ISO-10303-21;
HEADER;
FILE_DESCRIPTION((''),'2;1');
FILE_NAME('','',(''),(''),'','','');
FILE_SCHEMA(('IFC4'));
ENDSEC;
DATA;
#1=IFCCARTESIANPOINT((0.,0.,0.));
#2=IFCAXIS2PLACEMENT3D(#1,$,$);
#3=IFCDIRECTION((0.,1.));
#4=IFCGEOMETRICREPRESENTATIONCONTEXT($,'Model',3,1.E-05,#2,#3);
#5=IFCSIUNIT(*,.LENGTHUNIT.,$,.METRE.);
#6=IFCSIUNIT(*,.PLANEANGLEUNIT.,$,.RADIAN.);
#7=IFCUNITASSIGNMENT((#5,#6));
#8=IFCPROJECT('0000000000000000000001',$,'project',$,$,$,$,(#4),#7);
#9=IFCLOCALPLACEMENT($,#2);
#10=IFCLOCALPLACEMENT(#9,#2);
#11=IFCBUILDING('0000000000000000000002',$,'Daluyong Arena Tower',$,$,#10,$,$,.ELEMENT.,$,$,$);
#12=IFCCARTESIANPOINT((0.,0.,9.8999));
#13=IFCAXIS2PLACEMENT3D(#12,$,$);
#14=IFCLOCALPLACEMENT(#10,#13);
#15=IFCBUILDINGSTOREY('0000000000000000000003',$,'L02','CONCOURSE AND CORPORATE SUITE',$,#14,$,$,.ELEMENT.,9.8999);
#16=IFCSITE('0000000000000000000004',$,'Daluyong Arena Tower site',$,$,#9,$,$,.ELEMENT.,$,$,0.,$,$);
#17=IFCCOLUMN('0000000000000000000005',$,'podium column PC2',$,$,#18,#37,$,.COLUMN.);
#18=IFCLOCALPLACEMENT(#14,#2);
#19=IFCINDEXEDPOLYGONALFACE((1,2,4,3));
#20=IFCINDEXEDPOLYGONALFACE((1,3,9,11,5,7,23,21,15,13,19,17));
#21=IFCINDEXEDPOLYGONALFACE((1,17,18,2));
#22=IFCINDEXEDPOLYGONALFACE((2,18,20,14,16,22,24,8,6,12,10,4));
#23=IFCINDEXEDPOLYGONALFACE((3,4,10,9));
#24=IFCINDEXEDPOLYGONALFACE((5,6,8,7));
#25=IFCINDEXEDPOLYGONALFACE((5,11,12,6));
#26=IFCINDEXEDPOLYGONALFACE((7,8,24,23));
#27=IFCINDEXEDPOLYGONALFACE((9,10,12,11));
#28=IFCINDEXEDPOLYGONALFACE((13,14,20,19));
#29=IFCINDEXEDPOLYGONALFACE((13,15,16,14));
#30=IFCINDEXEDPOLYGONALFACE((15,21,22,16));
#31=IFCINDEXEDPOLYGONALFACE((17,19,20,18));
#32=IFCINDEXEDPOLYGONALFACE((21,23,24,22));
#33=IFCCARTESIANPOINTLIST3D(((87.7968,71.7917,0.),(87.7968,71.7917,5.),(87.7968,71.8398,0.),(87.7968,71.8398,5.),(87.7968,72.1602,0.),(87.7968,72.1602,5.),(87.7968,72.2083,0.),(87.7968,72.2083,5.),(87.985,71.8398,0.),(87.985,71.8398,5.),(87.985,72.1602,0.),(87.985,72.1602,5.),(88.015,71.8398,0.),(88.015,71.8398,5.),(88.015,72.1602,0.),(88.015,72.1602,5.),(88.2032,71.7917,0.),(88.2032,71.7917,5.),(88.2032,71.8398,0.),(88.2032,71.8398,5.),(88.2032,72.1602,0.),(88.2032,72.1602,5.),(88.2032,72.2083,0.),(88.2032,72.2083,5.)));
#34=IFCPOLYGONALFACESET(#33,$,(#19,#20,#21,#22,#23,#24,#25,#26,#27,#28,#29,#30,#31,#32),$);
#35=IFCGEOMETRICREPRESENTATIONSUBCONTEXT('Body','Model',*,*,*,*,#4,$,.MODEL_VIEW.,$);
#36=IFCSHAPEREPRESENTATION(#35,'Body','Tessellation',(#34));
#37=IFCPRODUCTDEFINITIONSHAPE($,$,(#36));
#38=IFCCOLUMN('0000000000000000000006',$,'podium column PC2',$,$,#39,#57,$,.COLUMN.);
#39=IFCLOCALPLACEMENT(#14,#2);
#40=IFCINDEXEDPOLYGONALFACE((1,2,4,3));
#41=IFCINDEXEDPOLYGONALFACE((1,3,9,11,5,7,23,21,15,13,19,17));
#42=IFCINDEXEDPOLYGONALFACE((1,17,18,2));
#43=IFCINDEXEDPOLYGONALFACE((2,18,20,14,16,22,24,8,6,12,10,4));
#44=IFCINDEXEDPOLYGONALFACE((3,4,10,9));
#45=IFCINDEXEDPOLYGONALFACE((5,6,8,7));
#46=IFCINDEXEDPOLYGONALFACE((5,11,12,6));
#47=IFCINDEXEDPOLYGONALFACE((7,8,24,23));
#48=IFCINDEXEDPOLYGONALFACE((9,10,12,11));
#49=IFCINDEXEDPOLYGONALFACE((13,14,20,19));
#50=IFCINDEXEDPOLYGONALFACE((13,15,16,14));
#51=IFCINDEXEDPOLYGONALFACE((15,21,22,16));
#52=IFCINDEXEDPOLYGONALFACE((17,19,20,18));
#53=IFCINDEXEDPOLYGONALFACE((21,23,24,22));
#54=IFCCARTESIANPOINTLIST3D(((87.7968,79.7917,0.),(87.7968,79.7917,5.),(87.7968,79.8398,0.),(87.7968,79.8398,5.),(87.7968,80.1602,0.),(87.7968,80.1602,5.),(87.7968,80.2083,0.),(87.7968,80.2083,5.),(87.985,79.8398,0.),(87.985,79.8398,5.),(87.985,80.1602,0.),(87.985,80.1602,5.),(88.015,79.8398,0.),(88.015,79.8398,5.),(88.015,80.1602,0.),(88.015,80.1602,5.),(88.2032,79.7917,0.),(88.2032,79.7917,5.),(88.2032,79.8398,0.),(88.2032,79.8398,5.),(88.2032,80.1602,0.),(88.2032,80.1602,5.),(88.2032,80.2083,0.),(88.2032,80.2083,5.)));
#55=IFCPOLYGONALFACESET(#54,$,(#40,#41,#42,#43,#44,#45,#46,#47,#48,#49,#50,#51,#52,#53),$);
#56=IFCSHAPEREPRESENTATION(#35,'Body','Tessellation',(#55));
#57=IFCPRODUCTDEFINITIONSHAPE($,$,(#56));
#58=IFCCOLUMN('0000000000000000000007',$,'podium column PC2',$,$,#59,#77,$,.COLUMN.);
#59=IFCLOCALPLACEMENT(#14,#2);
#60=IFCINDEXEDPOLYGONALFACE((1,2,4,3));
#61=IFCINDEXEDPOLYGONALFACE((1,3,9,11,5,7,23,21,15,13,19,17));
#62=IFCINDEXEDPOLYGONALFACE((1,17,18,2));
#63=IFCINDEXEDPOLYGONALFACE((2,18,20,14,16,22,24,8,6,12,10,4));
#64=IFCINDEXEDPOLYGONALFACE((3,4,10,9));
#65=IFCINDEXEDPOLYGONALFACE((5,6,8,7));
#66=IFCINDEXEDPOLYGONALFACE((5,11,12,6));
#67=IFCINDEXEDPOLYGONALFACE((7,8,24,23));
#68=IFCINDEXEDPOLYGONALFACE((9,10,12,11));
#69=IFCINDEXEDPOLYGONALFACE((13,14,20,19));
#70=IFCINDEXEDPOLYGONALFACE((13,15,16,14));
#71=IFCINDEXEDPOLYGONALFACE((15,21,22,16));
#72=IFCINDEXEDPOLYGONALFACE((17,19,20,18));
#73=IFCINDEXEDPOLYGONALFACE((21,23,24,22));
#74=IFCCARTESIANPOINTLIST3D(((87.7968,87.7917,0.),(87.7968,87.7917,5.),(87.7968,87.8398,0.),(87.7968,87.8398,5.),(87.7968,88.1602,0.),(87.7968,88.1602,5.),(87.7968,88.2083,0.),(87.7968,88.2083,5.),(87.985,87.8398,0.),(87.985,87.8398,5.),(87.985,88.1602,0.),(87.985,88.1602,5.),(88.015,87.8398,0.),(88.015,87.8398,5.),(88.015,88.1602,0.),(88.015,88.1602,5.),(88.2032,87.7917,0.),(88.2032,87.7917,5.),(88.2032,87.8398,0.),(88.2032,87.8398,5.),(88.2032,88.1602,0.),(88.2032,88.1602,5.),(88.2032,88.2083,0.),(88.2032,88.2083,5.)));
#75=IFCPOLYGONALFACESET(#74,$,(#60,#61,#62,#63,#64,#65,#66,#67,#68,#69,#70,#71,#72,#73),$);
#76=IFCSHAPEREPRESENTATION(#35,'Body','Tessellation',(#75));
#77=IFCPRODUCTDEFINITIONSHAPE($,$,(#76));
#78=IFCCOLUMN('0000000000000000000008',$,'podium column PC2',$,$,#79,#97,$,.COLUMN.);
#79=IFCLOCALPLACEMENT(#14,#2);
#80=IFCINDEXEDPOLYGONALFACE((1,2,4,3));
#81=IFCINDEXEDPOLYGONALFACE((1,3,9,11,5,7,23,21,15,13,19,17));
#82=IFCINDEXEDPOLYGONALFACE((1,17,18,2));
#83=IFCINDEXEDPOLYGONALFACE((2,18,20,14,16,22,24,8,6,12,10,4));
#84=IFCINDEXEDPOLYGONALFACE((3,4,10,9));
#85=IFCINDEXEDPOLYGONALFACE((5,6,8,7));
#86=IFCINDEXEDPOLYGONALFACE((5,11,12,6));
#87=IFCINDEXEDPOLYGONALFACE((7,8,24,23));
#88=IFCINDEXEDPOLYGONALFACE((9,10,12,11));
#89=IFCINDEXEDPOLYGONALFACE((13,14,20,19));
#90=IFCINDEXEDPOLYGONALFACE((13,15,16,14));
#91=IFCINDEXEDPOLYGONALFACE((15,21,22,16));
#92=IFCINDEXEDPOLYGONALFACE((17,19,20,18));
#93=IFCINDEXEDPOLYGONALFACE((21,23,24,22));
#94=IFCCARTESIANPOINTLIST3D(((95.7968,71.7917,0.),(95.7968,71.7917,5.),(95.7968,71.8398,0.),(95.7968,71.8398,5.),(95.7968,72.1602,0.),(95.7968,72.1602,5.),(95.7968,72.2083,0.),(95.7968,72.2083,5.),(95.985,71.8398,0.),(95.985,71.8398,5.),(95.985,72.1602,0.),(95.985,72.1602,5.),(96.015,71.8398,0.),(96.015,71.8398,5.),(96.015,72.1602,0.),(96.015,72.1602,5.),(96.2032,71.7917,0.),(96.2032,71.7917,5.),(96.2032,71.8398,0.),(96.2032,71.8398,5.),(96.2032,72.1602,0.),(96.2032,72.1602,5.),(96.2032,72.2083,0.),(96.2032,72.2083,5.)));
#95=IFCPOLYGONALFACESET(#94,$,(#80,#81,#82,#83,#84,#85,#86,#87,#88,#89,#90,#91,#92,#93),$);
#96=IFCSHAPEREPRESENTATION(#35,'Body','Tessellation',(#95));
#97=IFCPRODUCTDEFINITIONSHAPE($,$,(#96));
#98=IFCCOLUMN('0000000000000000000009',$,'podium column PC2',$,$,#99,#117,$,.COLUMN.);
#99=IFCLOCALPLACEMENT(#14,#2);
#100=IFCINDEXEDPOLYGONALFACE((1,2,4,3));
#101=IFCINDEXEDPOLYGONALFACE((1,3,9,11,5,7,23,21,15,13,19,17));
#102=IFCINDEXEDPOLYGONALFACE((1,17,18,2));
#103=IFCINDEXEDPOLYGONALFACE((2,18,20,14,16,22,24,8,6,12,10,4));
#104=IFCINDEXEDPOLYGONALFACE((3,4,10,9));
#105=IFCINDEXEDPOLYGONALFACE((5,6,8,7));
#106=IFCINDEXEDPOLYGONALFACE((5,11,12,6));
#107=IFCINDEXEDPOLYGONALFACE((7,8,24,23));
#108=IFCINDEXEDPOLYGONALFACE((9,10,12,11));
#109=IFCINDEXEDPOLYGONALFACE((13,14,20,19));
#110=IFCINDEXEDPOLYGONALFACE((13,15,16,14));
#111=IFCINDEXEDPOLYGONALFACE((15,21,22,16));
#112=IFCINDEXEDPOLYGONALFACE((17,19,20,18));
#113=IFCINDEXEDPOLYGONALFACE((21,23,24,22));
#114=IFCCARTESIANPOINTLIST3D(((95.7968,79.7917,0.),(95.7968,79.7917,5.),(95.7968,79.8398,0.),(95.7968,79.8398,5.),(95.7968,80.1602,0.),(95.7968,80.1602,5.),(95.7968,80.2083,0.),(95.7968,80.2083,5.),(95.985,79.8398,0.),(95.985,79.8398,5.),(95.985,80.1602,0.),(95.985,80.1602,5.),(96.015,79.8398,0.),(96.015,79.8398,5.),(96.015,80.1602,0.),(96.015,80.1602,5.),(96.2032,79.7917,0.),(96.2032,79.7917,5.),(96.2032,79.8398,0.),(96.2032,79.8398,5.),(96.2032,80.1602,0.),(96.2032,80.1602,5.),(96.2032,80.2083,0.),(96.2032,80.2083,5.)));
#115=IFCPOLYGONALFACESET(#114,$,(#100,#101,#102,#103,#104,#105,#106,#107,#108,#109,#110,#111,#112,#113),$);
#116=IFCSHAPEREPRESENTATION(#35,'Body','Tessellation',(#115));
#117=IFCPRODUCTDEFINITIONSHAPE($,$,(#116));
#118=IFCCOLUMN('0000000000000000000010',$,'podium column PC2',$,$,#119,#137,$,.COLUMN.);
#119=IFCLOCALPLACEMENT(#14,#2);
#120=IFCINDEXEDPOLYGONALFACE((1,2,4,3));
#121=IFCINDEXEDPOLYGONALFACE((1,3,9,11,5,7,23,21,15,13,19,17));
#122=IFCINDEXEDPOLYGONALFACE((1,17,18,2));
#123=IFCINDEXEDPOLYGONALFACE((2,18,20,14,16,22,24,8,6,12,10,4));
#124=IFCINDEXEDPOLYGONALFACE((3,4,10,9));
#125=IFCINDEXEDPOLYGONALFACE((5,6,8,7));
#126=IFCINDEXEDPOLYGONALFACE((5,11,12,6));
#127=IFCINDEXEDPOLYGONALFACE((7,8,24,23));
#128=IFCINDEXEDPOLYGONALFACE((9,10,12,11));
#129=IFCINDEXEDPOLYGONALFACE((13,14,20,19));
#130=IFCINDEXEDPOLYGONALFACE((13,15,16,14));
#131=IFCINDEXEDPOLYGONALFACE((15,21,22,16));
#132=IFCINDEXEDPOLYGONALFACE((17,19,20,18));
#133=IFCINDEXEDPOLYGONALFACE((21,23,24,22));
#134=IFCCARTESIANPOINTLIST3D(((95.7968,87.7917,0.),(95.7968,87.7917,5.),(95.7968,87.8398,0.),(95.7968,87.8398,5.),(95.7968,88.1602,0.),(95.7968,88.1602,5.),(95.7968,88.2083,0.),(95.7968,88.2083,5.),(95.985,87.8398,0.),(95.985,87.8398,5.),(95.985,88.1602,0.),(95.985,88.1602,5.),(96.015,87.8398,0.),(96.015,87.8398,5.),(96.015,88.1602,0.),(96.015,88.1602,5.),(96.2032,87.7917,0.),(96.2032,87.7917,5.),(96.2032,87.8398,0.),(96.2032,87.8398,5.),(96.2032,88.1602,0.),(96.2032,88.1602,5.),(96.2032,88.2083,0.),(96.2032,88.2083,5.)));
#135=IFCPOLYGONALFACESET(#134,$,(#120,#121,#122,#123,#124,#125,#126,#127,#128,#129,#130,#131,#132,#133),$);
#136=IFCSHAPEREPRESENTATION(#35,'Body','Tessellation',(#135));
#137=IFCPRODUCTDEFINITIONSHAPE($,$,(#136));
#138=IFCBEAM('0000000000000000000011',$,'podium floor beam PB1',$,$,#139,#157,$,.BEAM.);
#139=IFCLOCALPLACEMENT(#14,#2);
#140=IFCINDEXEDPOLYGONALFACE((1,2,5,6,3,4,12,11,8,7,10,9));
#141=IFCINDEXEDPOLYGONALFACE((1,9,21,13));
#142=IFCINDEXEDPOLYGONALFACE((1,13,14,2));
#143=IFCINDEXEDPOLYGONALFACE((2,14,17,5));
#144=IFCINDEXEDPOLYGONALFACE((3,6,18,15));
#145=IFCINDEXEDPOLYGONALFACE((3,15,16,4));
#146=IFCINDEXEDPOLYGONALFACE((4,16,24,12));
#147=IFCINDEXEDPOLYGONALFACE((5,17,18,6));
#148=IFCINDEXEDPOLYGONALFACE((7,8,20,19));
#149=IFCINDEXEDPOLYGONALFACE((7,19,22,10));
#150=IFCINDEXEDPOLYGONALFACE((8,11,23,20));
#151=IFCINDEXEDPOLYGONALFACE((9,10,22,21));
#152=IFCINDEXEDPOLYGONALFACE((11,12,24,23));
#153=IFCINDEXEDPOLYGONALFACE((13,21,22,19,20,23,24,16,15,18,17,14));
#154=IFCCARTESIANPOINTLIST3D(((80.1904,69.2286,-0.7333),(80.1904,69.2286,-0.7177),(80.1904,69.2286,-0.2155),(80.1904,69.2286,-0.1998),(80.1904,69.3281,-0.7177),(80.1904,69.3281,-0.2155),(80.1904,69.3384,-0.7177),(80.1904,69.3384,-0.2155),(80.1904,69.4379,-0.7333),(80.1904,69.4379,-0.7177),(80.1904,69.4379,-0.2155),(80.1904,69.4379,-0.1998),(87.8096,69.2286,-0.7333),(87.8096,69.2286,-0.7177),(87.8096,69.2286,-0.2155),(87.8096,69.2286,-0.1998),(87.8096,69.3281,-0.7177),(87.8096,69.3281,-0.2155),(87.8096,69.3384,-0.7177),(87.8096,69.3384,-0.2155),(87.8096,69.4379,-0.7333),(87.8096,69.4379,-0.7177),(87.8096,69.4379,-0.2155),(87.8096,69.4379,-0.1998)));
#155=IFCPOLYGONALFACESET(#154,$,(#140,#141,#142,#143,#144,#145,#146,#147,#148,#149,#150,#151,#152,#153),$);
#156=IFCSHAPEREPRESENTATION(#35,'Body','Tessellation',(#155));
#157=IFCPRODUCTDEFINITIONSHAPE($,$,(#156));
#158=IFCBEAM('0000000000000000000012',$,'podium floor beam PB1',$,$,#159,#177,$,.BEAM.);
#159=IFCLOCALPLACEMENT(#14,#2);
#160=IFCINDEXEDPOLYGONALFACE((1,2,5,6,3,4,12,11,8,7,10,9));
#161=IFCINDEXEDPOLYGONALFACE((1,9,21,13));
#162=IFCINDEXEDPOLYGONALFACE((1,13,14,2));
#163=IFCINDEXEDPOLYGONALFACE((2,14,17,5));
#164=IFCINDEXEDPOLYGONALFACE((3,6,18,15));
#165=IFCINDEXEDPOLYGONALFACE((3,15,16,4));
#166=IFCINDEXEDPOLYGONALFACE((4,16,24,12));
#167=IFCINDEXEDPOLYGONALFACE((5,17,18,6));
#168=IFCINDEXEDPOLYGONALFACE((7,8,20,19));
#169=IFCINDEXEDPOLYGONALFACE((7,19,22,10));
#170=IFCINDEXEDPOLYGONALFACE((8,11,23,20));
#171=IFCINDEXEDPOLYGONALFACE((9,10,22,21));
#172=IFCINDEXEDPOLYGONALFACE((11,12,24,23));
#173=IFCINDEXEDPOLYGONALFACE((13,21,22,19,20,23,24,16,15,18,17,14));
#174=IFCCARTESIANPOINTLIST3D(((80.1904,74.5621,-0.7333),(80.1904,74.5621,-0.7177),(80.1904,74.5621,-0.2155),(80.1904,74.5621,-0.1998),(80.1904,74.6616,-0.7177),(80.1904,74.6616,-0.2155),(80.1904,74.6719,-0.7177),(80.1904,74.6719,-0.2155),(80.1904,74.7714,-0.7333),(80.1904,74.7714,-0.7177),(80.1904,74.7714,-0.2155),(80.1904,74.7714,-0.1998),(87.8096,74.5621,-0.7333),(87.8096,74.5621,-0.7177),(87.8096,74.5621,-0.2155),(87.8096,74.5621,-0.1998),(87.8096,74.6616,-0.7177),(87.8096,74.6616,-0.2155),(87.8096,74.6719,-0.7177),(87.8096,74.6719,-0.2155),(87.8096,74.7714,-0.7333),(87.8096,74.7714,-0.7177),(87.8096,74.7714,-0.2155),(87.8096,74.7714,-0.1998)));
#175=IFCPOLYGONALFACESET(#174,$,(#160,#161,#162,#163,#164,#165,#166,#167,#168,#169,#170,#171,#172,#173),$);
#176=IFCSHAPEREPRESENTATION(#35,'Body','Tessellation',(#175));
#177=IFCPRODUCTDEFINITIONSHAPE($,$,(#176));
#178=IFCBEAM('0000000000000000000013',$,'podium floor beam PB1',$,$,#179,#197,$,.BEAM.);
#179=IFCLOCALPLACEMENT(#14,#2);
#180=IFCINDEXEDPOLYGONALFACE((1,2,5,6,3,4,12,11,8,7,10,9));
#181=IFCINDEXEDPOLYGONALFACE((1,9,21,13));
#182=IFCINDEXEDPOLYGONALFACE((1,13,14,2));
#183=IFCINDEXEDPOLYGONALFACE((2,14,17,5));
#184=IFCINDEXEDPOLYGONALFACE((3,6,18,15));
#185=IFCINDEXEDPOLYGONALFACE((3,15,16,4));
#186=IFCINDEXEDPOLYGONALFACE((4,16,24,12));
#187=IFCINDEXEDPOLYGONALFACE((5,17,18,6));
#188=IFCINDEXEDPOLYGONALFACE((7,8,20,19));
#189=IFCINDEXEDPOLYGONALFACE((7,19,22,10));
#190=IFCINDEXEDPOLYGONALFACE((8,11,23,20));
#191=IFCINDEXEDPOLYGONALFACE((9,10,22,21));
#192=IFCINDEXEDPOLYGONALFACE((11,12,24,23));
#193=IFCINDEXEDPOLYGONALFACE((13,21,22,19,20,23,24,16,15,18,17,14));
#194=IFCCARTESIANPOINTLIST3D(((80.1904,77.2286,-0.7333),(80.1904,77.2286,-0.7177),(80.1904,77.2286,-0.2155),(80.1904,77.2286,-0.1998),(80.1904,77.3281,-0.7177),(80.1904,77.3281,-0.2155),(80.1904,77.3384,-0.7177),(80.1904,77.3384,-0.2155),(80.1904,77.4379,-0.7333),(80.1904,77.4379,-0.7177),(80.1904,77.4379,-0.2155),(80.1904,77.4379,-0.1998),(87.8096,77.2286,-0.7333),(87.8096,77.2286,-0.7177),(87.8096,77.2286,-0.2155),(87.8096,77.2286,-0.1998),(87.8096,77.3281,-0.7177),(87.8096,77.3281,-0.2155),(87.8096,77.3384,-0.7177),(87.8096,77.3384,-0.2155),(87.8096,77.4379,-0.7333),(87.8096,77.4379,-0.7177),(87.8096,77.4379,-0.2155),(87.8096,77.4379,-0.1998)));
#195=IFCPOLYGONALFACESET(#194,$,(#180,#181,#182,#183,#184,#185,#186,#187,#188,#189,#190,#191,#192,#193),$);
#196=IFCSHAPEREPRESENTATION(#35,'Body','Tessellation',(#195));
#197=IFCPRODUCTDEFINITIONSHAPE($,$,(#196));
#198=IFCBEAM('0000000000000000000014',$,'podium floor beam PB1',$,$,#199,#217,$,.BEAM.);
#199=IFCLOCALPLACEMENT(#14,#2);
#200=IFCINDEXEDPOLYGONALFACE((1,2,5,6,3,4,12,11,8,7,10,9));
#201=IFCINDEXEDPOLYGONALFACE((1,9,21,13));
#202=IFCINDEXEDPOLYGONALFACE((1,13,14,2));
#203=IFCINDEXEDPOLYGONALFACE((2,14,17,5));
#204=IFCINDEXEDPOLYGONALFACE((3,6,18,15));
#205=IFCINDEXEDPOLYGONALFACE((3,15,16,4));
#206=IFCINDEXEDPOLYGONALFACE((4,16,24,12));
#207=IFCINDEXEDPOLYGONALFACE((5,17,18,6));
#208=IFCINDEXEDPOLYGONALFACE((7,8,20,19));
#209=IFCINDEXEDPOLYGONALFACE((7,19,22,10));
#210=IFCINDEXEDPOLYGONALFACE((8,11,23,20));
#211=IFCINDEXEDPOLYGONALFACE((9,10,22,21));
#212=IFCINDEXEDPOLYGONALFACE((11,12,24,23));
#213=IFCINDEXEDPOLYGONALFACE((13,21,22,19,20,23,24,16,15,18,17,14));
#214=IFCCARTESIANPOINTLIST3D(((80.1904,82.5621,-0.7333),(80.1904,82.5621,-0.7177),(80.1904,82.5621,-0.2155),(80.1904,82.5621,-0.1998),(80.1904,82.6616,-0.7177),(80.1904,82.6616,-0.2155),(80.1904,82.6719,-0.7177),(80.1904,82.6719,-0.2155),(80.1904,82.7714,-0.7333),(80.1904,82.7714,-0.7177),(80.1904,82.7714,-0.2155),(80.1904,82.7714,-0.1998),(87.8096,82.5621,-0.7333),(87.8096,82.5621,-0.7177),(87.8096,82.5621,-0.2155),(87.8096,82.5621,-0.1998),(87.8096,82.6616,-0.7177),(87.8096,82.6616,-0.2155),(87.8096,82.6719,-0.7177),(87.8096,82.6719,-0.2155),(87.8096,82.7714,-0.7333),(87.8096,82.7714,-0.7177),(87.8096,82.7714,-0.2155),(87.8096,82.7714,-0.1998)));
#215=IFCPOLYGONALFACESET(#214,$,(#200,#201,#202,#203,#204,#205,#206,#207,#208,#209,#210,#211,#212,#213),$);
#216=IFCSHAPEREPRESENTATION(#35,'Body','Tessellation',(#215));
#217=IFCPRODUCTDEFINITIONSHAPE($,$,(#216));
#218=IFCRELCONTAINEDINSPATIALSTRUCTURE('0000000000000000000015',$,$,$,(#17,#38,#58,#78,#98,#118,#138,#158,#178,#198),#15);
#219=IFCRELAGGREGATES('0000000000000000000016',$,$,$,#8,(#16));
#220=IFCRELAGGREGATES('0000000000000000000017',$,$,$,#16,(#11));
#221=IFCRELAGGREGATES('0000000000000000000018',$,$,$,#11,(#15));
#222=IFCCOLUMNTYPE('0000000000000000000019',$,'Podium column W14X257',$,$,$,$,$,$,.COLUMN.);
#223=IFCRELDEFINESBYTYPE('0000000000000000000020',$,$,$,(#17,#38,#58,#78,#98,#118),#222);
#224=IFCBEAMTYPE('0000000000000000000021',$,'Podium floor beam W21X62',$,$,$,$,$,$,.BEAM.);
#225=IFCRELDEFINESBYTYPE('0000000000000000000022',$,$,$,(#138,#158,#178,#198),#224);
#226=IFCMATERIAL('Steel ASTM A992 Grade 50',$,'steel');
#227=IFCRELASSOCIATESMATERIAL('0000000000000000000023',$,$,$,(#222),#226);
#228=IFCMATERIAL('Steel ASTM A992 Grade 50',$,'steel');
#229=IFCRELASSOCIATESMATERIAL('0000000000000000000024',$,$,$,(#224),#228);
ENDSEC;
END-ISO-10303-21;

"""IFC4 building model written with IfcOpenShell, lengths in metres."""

from ifc_helpers import new_model, si_unit, direction, frame, origin, origin_2d, place, context, subcontext, project, spatial, i_section, extrude, material, material_profile, profile_set, type_object, element, save


model = new_model("IFC4")

# Units and contexts
model_context = context("Model", 3, precision=1e-05, world=origin(), true_north=direction((0.0, 1.0)))
body_context = subcontext(model_context, "Body", "Model", "MODEL_VIEW")
ifc_project = project(units=[si_unit("LENGTHUNIT", "METRE"), si_unit("PLANEANGLEUNIT", "RADIAN")], contexts=[model_context])

# Site, building, storey
site_placement = place(None, origin())
site = spatial("IfcSite", under=ifc_project, at=site_placement, Name="Daluyong Arena Tower site", CompositionType="ELEMENT", RefElevation=0.0)
building_placement = place(site_placement, origin())
building = spatial("IfcBuilding", under=site, at=building_placement, Name="Daluyong Arena Tower", CompositionType="ELEMENT")
storey_placement = place(building_placement, frame((0.0, 0.0, 9.8999)))
storey = spatial("IfcBuildingStorey", under=building, at=storey_placement, Name="L02", Description="CONCOURSE AND CORPORATE SUITE", CompositionType="ELEMENT", Elevation=9.8999)

# Columns
ifc_material_1 = material(Name="Steel ASTM A992 Grade 50", Category="steel")
ifc_material_profile_1 = material_profile(ifc_material_1, i_section(OverallWidth=0.4065, OverallDepth=0.4165, WebThickness=0.03, FlangeThickness=0.0481, at=origin_2d()))
ifc_profile_set_1 = profile_set([ifc_material_profile_1], Name="Steel ASTM A992 Grade 50")
column_type = type_object("IfcColumnType", Name="Podium column W14X257", PredefinedType="COLUMN", material=ifc_profile_set_1)
for number, where, z_axis, x_axis, name in (
    (1, (88.0, 72.0, 0.0), (0.0, 0.0, 1.0), (1.0, 0.0, 0.0), "podium column PC2"),
    (2, (88.0, 80.0, 0.0), (0.0, 0.0, 1.0), (1.0, 0.0, 0.0), "podium column PC2"),
    (3, (88.0, 88.0, 0.0), (0.0, 0.0, 1.0), (1.0, 0.0, 0.0), "podium column PC2"),
    (4, (96.0, 72.0, 0.0), (0.0, 0.0, 1.0), (1.0, 0.0, 0.0), "podium column PC2"),
    (5, (96.0, 80.0, 0.0), (0.0, 0.0, 1.0), (1.0, 0.0, 0.0), "podium column PC2"),
    (6, (96.0, 88.0, 0.0), (0.0, 0.0, 1.0), (1.0, 0.0, 0.0), "podium column PC2"),
):
    element("IfcColumn", number, at=place(storey_placement, frame(where, z_axis=z_axis, x_axis=x_axis)), inside=storey, type_object=column_type, Name=name, PredefinedType="COLUMN", context=body_context, shape_type="SweptSolid", body=[
        extrude(i_section(OverallWidth=0.4065, OverallDepth=0.4165, WebThickness=0.03, FlangeThickness=0.0481, at=origin_2d()), origin(), (0.0, 0.0, 1.0), 5.0),
    ])

# Beams
ifc_material_2 = material(Name="Steel ASTM A992 Grade 50", Category="steel")
ifc_material_profile_2 = material_profile(ifc_material_2, i_section(OverallWidth=0.2092, OverallDepth=0.5334, WebThickness=0.0103, FlangeThickness=0.0156, at=origin_2d()))
ifc_profile_set_2 = profile_set([ifc_material_profile_2], Name="Steel ASTM A992 Grade 50")
beam_type_1 = type_object("IfcBeamType", Name="Podium floor beam W21X62", PredefinedType="BEAM", material=ifc_profile_set_2)
for number, where, z_axis, x_axis, name in (
    (7, (80.1904, 69.3333, -0.4666), (1.0, 0.0, 0.0), (0.0, 1.0, 0.0), "podium floor beam PB1"),
    (8, (80.1904, 74.6667, -0.4666), (1.0, 0.0, 0.0), (0.0, 1.0, 0.0), "podium floor beam PB1"),
    (9, (80.1904, 77.3333, -0.4666), (1.0, 0.0, 0.0), (0.0, 1.0, 0.0), "podium floor beam PB1"),
    (10, (80.1904, 82.6667, -0.4666), (1.0, 0.0, 0.0), (0.0, 1.0, 0.0), "podium floor beam PB1"),
):
    element("IfcBeam", number, at=place(storey_placement, frame(where, z_axis=z_axis, x_axis=x_axis)), inside=storey, type_object=beam_type_1, Name=name, PredefinedType="BEAM", context=body_context, shape_type="SweptSolid", body=[
        extrude(i_section(OverallWidth=0.2092, OverallDepth=0.5334, WebThickness=0.0103, FlangeThickness=0.0156, at=origin_2d()), origin(), (0.0, 0.0, 1.0), 7.6191),
    ])

save(model, "model.ifc")
